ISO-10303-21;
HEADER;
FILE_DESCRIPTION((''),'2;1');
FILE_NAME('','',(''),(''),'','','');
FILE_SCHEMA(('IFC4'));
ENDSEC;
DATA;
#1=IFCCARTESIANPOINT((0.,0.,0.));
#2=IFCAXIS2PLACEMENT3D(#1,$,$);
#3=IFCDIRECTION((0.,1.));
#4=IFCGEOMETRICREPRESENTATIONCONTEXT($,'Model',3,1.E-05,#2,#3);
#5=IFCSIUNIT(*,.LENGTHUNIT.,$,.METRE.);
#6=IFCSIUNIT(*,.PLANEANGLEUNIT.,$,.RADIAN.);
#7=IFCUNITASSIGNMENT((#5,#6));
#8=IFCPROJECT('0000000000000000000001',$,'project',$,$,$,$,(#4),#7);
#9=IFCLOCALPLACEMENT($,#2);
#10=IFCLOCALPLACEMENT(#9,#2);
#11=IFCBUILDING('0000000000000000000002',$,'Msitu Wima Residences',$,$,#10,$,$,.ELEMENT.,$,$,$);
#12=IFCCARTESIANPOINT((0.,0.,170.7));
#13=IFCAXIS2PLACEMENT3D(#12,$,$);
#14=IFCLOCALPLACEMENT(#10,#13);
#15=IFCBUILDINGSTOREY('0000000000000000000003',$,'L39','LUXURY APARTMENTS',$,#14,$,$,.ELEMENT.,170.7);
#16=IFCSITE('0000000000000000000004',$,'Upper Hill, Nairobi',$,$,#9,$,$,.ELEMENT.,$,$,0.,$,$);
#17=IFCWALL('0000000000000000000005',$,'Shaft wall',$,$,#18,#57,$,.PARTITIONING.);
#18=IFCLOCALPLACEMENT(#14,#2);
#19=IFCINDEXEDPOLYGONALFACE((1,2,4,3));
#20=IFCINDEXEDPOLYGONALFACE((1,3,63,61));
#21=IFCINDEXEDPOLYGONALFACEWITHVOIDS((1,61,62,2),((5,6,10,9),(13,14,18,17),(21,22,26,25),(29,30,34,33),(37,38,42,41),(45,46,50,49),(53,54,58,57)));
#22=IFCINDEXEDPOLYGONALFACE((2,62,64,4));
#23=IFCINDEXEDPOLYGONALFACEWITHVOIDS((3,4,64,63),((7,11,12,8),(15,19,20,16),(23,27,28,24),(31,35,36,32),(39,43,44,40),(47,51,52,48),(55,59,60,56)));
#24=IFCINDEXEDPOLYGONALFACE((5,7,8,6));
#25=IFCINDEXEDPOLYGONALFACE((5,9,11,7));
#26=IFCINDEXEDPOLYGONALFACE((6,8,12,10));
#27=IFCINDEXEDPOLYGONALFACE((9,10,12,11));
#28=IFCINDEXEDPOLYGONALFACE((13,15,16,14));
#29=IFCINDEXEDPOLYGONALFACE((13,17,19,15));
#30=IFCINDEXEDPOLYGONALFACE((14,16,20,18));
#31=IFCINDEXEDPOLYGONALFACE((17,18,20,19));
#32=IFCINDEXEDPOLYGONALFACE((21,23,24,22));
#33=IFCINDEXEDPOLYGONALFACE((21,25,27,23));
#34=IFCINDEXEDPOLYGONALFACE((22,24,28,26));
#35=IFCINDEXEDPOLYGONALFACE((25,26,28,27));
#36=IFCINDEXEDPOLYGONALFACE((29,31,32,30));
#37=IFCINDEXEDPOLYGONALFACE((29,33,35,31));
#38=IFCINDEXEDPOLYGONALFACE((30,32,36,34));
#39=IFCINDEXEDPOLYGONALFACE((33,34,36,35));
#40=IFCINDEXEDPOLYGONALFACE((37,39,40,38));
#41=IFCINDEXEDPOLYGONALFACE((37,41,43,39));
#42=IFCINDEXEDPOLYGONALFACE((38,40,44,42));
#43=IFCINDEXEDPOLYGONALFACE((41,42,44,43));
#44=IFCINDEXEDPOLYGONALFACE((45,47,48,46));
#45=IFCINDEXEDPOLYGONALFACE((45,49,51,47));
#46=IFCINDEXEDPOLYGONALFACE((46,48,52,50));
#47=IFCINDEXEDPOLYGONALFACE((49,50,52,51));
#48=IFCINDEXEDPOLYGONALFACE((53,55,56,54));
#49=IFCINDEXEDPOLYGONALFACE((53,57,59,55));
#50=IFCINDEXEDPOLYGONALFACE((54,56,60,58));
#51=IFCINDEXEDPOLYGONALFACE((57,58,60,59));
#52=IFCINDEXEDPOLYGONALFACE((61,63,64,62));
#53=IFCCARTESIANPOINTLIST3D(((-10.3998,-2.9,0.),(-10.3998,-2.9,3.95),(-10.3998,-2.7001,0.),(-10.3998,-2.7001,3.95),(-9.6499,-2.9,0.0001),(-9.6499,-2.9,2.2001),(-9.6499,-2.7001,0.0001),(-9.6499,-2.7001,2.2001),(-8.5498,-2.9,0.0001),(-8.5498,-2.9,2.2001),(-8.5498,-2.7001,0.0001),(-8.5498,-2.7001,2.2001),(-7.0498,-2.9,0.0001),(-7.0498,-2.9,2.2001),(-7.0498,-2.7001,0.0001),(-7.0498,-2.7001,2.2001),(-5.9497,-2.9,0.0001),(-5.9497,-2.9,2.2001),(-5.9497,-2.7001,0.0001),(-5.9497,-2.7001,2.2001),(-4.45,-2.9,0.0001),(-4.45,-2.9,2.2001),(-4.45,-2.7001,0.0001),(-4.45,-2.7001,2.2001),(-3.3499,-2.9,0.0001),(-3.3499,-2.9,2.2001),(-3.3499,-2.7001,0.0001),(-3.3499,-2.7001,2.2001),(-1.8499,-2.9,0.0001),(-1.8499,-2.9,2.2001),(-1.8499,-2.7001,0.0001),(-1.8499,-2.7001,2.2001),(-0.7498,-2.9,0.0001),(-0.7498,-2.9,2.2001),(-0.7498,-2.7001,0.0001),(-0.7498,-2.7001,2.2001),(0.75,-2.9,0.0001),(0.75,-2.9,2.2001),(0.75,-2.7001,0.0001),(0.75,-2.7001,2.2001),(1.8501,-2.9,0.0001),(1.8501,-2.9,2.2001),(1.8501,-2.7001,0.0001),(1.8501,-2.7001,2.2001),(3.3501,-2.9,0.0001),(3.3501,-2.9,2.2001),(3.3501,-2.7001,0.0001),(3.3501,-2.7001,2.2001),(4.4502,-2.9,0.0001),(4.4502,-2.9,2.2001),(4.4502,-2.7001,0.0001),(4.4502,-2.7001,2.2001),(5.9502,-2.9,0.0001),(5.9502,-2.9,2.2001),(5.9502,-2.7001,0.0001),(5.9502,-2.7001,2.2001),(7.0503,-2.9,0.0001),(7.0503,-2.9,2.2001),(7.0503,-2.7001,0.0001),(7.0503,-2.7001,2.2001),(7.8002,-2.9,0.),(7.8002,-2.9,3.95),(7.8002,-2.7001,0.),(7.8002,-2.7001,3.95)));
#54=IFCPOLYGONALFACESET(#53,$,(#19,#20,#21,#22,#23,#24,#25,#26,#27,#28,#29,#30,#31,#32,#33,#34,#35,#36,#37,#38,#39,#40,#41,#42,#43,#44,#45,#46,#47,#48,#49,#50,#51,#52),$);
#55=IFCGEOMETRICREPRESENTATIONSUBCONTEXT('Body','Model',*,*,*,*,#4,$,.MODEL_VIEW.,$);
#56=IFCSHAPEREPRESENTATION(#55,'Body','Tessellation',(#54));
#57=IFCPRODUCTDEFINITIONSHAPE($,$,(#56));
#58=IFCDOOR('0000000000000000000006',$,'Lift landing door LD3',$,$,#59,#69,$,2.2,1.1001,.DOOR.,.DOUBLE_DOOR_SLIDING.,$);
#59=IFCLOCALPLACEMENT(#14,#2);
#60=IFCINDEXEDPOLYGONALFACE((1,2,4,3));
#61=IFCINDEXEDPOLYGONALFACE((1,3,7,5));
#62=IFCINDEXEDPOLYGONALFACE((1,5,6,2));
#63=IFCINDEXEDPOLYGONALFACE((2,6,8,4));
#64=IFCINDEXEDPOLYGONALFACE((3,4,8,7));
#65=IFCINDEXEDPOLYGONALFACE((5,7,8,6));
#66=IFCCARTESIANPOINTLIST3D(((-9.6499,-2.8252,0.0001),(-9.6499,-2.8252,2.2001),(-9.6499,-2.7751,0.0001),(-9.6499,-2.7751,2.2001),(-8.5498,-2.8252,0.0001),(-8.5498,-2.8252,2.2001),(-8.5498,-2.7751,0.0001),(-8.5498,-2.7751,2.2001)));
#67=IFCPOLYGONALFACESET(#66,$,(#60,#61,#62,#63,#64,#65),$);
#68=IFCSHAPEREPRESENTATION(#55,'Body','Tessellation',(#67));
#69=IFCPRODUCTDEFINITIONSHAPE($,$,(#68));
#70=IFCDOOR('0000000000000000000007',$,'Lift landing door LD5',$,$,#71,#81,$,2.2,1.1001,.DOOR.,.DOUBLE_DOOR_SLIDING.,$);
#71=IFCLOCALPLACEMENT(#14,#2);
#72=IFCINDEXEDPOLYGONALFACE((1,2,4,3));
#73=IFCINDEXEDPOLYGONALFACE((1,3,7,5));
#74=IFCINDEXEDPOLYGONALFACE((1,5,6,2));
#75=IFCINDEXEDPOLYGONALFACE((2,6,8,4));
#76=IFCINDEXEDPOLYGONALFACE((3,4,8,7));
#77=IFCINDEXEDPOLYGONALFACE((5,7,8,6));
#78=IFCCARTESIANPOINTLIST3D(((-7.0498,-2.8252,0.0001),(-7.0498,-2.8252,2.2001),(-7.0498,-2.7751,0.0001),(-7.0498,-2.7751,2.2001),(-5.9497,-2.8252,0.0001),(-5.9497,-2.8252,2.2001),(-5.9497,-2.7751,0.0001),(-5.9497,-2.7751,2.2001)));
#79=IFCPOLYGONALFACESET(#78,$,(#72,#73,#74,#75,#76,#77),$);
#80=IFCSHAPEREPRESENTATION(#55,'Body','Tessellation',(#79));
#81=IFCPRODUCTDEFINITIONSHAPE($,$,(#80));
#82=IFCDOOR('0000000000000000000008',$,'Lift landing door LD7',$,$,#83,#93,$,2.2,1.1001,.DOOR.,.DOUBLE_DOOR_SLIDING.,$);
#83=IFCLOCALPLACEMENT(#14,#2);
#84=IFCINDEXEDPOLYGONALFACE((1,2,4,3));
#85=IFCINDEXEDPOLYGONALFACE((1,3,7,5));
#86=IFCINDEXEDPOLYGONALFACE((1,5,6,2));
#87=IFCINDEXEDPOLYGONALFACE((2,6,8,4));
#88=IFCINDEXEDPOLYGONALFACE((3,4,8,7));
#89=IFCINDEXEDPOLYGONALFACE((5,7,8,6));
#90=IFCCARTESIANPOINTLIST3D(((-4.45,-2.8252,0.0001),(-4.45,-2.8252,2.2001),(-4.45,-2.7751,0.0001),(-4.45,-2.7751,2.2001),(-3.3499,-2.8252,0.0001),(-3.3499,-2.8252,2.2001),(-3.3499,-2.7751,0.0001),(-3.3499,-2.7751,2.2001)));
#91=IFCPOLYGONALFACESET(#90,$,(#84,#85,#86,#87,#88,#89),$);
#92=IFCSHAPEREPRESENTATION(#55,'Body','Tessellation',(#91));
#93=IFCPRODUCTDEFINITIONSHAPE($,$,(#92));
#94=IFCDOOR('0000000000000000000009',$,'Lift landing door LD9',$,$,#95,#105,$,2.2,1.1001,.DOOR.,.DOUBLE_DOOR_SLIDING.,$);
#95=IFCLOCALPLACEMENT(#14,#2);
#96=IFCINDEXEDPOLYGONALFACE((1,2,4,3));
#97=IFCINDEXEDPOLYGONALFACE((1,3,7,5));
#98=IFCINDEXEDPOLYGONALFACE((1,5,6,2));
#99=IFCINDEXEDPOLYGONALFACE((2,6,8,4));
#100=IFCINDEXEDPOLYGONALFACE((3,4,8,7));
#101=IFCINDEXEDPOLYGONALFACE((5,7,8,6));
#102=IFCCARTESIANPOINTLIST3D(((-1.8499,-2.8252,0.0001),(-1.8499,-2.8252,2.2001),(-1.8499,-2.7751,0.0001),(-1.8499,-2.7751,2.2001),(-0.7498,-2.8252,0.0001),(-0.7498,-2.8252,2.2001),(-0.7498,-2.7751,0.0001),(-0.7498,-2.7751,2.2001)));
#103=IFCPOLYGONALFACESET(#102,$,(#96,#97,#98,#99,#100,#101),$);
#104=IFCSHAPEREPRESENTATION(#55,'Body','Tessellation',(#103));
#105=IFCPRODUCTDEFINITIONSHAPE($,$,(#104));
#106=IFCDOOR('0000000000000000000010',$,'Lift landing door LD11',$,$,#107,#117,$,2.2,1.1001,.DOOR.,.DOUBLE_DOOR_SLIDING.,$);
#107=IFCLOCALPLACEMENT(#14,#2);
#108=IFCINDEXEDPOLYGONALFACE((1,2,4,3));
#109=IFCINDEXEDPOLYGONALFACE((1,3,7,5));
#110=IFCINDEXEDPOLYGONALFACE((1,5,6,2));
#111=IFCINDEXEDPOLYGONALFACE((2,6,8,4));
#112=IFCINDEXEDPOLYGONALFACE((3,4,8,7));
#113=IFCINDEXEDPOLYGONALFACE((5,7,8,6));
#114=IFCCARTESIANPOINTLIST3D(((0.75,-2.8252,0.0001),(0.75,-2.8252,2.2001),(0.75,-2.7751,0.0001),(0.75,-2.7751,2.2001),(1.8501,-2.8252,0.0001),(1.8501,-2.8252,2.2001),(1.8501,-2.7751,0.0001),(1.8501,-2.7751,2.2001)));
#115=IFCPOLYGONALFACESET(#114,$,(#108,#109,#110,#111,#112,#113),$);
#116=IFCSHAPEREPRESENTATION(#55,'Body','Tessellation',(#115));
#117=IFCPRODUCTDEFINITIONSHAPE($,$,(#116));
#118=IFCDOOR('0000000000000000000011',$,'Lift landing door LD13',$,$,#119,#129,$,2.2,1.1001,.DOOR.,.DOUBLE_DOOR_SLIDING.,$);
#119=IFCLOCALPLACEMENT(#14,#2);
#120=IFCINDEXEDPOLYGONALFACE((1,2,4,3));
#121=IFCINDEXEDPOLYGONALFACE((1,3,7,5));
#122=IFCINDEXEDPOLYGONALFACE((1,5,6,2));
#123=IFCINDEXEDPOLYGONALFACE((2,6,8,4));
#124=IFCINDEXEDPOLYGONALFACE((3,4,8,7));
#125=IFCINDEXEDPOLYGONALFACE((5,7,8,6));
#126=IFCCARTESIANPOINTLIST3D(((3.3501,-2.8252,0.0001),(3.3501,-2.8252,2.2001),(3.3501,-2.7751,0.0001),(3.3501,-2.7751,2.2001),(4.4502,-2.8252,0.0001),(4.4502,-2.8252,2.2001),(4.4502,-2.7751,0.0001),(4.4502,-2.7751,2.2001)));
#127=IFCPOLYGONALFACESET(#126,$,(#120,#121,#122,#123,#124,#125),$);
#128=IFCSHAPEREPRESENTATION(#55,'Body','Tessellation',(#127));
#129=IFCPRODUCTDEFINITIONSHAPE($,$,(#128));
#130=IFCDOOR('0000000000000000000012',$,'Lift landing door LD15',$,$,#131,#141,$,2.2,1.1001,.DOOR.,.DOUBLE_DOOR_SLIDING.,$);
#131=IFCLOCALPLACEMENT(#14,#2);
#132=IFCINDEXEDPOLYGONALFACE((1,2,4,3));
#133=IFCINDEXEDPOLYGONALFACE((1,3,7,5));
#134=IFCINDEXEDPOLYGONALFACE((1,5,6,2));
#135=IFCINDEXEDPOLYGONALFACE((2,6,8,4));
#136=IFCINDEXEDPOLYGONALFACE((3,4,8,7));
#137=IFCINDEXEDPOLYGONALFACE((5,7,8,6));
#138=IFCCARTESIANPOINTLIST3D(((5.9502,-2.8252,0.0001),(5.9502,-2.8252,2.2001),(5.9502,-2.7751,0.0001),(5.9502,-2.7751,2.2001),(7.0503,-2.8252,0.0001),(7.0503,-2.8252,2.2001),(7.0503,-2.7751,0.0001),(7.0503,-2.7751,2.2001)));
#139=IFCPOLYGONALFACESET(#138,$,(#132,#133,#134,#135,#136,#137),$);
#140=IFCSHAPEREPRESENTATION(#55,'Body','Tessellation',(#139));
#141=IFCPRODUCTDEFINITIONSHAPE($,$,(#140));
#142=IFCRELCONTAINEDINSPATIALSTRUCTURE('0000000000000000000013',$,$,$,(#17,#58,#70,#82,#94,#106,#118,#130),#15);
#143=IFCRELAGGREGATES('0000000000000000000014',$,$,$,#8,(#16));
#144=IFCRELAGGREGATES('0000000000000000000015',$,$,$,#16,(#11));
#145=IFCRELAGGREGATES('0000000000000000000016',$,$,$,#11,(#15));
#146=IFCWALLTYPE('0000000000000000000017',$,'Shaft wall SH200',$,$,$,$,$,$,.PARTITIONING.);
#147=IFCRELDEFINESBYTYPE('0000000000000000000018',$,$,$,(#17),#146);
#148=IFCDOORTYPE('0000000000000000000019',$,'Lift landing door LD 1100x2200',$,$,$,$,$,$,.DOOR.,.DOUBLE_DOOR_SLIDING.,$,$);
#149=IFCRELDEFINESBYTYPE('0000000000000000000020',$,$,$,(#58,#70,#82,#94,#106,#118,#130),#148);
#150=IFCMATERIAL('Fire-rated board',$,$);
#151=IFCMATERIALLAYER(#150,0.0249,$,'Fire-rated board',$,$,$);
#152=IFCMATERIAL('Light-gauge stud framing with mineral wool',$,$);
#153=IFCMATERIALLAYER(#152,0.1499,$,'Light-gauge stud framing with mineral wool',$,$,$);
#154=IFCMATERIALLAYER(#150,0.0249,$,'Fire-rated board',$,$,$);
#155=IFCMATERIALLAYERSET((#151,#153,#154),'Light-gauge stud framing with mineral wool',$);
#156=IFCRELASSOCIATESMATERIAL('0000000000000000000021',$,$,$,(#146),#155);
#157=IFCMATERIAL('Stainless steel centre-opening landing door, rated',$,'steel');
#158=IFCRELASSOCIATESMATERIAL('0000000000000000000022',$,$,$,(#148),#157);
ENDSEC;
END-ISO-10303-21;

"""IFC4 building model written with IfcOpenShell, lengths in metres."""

from ifc_helpers import new_model, si_unit, direction, frame, frame_2d, origin, place, context, subcontext, project, spatial, rectangle, extrude, material, layer, layer_set, type_object, element, fill, save


model = new_model("IFC4")

# Units and contexts
model_context = context("Model", 3, precision=1e-05, world=origin(), true_north=direction((0.0, 1.0)))
body_context = subcontext(model_context, "Body", "Model", "MODEL_VIEW")
ifc_project = project(units=[si_unit("LENGTHUNIT", "METRE"), si_unit("PLANEANGLEUNIT", "RADIAN")], contexts=[model_context])

# Site, building, storey
site_placement = place(None, origin())
site = spatial("IfcSite", under=ifc_project, at=site_placement, Name="Upper Hill, Nairobi", CompositionType="ELEMENT", RefElevation=0.0)
building_placement = place(site_placement, origin())
building = spatial("IfcBuilding", under=site, at=building_placement, Name="Msitu Wima Residences", CompositionType="ELEMENT")
storey_placement = place(building_placement, frame((0.0, 0.0, 170.7)))
storey = spatial("IfcBuildingStorey", under=building, at=storey_placement, Name="L39", Description="LUXURY APARTMENTS", CompositionType="ELEMENT", Elevation=170.7)

# Shared definitions
ifc_material_1 = material(Name="Fire-rated board")
ifc_layer_1 = layer(ifc_material_1, 0.0249, Name="Fire-rated board")
ifc_material_2 = material(Name="Light-gauge stud framing with mineral wool")
ifc_layer_2 = layer(ifc_material_2, 0.1499, Name="Light-gauge stud framing with mineral wool")
ifc_layer_3 = layer(ifc_material_1, 0.0249, Name="Fire-rated board")
ifc_layer_set_1 = layer_set([ifc_layer_1, ifc_layer_2, ifc_layer_3], Name="Light-gauge stud framing with mineral wool")
wall_type_1 = type_object("IfcWallType", Name="Shaft wall SH200", PredefinedType="PARTITIONING", material=ifc_layer_set_1)

# Wall, openings, doors
wall_1_placement = place(storey_placement, frame((-10.3999, -2.8, 0.0), z_axis=(0.0, 0.0, 1.0), x_axis=(1.0, 0.0, 0.0)))
wall_1 = element("IfcWall", 1, at=wall_1_placement, inside=storey, type_object=wall_type_1, Name="Shaft wall", PredefinedType="PARTITIONING", context=body_context, shape_type="SweptSolid", body=[
    extrude(rectangle(XDim=18.2, YDim=0.2, at=frame_2d((9.1001, 0.0))), origin(), (0.0, 0.0, 1.0), 3.95),
])
opening_1_placement = place(wall_1_placement, frame((0.75, 0.0, 0.0)))
opening_1 = element("IfcOpeningElement", 2, at=opening_1_placement, cuts=wall_1, PredefinedType="OPENING", context=body_context, shape_type="SweptSolid", body=[
    extrude(rectangle(XDim=1.1001, YDim=2.2, at=frame_2d((0.55, 1.1001))), frame((0.0, 0.1099, 0.0), z_axis=(0.0, -1.0, 0.0), x_axis=(1.0, 0.0, 0.0)), (0.0, 0.0, 1.0), 0.22),
])
opening_2_placement = place(wall_1_placement, frame((3.3501, 0.0, 0.0)))
opening_2 = element("IfcOpeningElement", 3, at=opening_2_placement, cuts=wall_1, PredefinedType="OPENING", context=body_context, shape_type="SweptSolid", body=[
    extrude(rectangle(XDim=1.1001, YDim=2.2, at=frame_2d((0.55, 1.1001))), frame((0.0, 0.1099, 0.0), z_axis=(0.0, -1.0, 0.0), x_axis=(1.0, 0.0, 0.0)), (0.0, 0.0, 1.0), 0.22),
])
opening_3_placement = place(wall_1_placement, frame((5.95, 0.0, 0.0)))
opening_3 = element("IfcOpeningElement", 4, at=opening_3_placement, cuts=wall_1, PredefinedType="OPENING", context=body_context, shape_type="SweptSolid", body=[
    extrude(rectangle(XDim=1.1001, YDim=2.2, at=frame_2d((0.55, 1.1001))), frame((0.0, 0.1099, 0.0), z_axis=(0.0, -1.0, 0.0), x_axis=(1.0, 0.0, 0.0)), (0.0, 0.0, 1.0), 0.22),
])
opening_4_placement = place(wall_1_placement, frame((8.55, 0.0, 0.0)))
opening_4 = element("IfcOpeningElement", 5, at=opening_4_placement, cuts=wall_1, PredefinedType="OPENING", context=body_context, shape_type="SweptSolid", body=[
    extrude(rectangle(XDim=1.1001, YDim=2.2, at=frame_2d((0.55, 1.1001))), frame((0.0, 0.1099, 0.0), z_axis=(0.0, -1.0, 0.0), x_axis=(1.0, 0.0, 0.0)), (0.0, 0.0, 1.0), 0.22),
])
opening_5_placement = place(wall_1_placement, frame((11.1499, 0.0, 0.0)))
opening_5 = element("IfcOpeningElement", 6, at=opening_5_placement, cuts=wall_1, PredefinedType="OPENING", context=body_context, shape_type="SweptSolid", body=[
    extrude(rectangle(XDim=1.1001, YDim=2.2, at=frame_2d((0.55, 1.1001))), frame((0.0, 0.1099, 0.0), z_axis=(0.0, -1.0, 0.0), x_axis=(1.0, 0.0, 0.0)), (0.0, 0.0, 1.0), 0.22),
])
opening_6_placement = place(wall_1_placement, frame((13.75, 0.0, 0.0)))
opening_6 = element("IfcOpeningElement", 7, at=opening_6_placement, cuts=wall_1, PredefinedType="OPENING", context=body_context, shape_type="SweptSolid", body=[
    extrude(rectangle(XDim=1.1001, YDim=2.2, at=frame_2d((0.55, 1.1001))), frame((0.0, 0.1099, 0.0), z_axis=(0.0, -1.0, 0.0), x_axis=(1.0, 0.0, 0.0)), (0.0, 0.0, 1.0), 0.22),
])
opening_7_placement = place(wall_1_placement, frame((16.3501, 0.0, 0.0)))
opening_7 = element("IfcOpeningElement", 8, at=opening_7_placement, cuts=wall_1, PredefinedType="OPENING", context=body_context, shape_type="SweptSolid", body=[
    extrude(rectangle(XDim=1.1001, YDim=2.2, at=frame_2d((0.55, 1.1001))), frame((0.0, 0.1099, 0.0), z_axis=(0.0, -1.0, 0.0), x_axis=(1.0, 0.0, 0.0)), (0.0, 0.0, 1.0), 0.22),
])
ifc_material_3 = material(Name="Stainless steel centre-opening landing door, rated", Category="steel")
door_type_1 = type_object("IfcDoorType", Name="Lift landing door LD 1100x2200", OperationType="DOUBLE_DOOR_SLIDING", PredefinedType="DOOR", material=ifc_material_3)
door_1_placement = place(opening_1_placement, origin())
door_1 = element("IfcDoor", 9, at=door_1_placement, inside=storey, type_object=door_type_1, Name="Lift landing door LD3", OperationType="DOUBLE_DOOR_SLIDING", OverallHeight=2.2, OverallWidth=1.1001, PredefinedType="DOOR", context=body_context, shape_type="SweptSolid", body=[
    extrude(rectangle(XDim=1.1001, YDim=2.2, at=frame_2d((0.55, 1.1001))), frame((0.0, 0.0249, 0.0), z_axis=(0.0, -1.0, 0.0), x_axis=(1.0, 0.0, 0.0)), (0.0, 0.0, 1.0), 0.05),
])
fill(opening_1, door_1)
door_2_placement = place(opening_2_placement, origin())
door_2 = element("IfcDoor", 10, at=door_2_placement, inside=storey, type_object=door_type_1, Name="Lift landing door LD5", OperationType="DOUBLE_DOOR_SLIDING", OverallHeight=2.2, OverallWidth=1.1001, PredefinedType="DOOR", context=body_context, shape_type="SweptSolid", body=[
    extrude(rectangle(XDim=1.1001, YDim=2.2, at=frame_2d((0.55, 1.1001))), frame((0.0, 0.0249, 0.0), z_axis=(0.0, -1.0, 0.0), x_axis=(1.0, 0.0, 0.0)), (0.0, 0.0, 1.0), 0.05),
])
fill(opening_2, door_2)
door_3_placement = place(opening_3_placement, origin())
door_3 = element("IfcDoor", 11, at=door_3_placement, inside=storey, type_object=door_type_1, Name="Lift landing door LD7", OperationType="DOUBLE_DOOR_SLIDING", OverallHeight=2.2, OverallWidth=1.1001, PredefinedType="DOOR", context=body_context, shape_type="SweptSolid", body=[
    extrude(rectangle(XDim=1.1001, YDim=2.2, at=frame_2d((0.55, 1.1001))), frame((0.0, 0.0249, 0.0), z_axis=(0.0, -1.0, 0.0), x_axis=(1.0, 0.0, 0.0)), (0.0, 0.0, 1.0), 0.05),
])
fill(opening_3, door_3)
door_4_placement = place(opening_4_placement, origin())
door_4 = element("IfcDoor", 12, at=door_4_placement, inside=storey, type_object=door_type_1, Name="Lift landing door LD9", OperationType="DOUBLE_DOOR_SLIDING", OverallHeight=2.2, OverallWidth=1.1001, PredefinedType="DOOR", context=body_context, shape_type="SweptSolid", body=[
    extrude(rectangle(XDim=1.1001, YDim=2.2, at=frame_2d((0.55, 1.1001))), frame((0.0, 0.0249, 0.0), z_axis=(0.0, -1.0, 0.0), x_axis=(1.0, 0.0, 0.0)), (0.0, 0.0, 1.0), 0.05),
])
fill(opening_4, door_4)
door_5_placement = place(opening_5_placement, origin())
door_5 = element("IfcDoor", 13, at=door_5_placement, inside=storey, type_object=door_type_1, Name="Lift landing door LD11", OperationType="DOUBLE_DOOR_SLIDING", OverallHeight=2.2, OverallWidth=1.1001, PredefinedType="DOOR", context=body_context, shape_type="SweptSolid", body=[
    extrude(rectangle(XDim=1.1001, YDim=2.2, at=frame_2d((0.55, 1.1001))), frame((0.0, 0.0249, 0.0), z_axis=(0.0, -1.0, 0.0), x_axis=(1.0, 0.0, 0.0)), (0.0, 0.0, 1.0), 0.05),
])
fill(opening_5, door_5)
door_6_placement = place(opening_6_placement, origin())
door_6 = element("IfcDoor", 14, at=door_6_placement, inside=storey, type_object=door_type_1, Name="Lift landing door LD13", OperationType="DOUBLE_DOOR_SLIDING", OverallHeight=2.2, OverallWidth=1.1001, PredefinedType="DOOR", context=body_context, shape_type="SweptSolid", body=[
    extrude(rectangle(XDim=1.1001, YDim=2.2, at=frame_2d((0.55, 1.1001))), frame((0.0, 0.0249, 0.0), z_axis=(0.0, -1.0, 0.0), x_axis=(1.0, 0.0, 0.0)), (0.0, 0.0, 1.0), 0.05),
])
fill(opening_6, door_6)
door_7_placement = place(opening_7_placement, origin())
door_7 = element("IfcDoor", 15, at=door_7_placement, inside=storey, type_object=door_type_1, Name="Lift landing door LD15", OperationType="DOUBLE_DOOR_SLIDING", OverallHeight=2.2, OverallWidth=1.1001, PredefinedType="DOOR", context=body_context, shape_type="SweptSolid", body=[
    extrude(rectangle(XDim=1.1001, YDim=2.2, at=frame_2d((0.55, 1.1001))), frame((0.0, 0.0249, 0.0), z_axis=(0.0, -1.0, 0.0), x_axis=(1.0, 0.0, 0.0)), (0.0, 0.0, 1.0), 0.05),
])
fill(opening_7, door_7)

save(model, "model.ifc")
